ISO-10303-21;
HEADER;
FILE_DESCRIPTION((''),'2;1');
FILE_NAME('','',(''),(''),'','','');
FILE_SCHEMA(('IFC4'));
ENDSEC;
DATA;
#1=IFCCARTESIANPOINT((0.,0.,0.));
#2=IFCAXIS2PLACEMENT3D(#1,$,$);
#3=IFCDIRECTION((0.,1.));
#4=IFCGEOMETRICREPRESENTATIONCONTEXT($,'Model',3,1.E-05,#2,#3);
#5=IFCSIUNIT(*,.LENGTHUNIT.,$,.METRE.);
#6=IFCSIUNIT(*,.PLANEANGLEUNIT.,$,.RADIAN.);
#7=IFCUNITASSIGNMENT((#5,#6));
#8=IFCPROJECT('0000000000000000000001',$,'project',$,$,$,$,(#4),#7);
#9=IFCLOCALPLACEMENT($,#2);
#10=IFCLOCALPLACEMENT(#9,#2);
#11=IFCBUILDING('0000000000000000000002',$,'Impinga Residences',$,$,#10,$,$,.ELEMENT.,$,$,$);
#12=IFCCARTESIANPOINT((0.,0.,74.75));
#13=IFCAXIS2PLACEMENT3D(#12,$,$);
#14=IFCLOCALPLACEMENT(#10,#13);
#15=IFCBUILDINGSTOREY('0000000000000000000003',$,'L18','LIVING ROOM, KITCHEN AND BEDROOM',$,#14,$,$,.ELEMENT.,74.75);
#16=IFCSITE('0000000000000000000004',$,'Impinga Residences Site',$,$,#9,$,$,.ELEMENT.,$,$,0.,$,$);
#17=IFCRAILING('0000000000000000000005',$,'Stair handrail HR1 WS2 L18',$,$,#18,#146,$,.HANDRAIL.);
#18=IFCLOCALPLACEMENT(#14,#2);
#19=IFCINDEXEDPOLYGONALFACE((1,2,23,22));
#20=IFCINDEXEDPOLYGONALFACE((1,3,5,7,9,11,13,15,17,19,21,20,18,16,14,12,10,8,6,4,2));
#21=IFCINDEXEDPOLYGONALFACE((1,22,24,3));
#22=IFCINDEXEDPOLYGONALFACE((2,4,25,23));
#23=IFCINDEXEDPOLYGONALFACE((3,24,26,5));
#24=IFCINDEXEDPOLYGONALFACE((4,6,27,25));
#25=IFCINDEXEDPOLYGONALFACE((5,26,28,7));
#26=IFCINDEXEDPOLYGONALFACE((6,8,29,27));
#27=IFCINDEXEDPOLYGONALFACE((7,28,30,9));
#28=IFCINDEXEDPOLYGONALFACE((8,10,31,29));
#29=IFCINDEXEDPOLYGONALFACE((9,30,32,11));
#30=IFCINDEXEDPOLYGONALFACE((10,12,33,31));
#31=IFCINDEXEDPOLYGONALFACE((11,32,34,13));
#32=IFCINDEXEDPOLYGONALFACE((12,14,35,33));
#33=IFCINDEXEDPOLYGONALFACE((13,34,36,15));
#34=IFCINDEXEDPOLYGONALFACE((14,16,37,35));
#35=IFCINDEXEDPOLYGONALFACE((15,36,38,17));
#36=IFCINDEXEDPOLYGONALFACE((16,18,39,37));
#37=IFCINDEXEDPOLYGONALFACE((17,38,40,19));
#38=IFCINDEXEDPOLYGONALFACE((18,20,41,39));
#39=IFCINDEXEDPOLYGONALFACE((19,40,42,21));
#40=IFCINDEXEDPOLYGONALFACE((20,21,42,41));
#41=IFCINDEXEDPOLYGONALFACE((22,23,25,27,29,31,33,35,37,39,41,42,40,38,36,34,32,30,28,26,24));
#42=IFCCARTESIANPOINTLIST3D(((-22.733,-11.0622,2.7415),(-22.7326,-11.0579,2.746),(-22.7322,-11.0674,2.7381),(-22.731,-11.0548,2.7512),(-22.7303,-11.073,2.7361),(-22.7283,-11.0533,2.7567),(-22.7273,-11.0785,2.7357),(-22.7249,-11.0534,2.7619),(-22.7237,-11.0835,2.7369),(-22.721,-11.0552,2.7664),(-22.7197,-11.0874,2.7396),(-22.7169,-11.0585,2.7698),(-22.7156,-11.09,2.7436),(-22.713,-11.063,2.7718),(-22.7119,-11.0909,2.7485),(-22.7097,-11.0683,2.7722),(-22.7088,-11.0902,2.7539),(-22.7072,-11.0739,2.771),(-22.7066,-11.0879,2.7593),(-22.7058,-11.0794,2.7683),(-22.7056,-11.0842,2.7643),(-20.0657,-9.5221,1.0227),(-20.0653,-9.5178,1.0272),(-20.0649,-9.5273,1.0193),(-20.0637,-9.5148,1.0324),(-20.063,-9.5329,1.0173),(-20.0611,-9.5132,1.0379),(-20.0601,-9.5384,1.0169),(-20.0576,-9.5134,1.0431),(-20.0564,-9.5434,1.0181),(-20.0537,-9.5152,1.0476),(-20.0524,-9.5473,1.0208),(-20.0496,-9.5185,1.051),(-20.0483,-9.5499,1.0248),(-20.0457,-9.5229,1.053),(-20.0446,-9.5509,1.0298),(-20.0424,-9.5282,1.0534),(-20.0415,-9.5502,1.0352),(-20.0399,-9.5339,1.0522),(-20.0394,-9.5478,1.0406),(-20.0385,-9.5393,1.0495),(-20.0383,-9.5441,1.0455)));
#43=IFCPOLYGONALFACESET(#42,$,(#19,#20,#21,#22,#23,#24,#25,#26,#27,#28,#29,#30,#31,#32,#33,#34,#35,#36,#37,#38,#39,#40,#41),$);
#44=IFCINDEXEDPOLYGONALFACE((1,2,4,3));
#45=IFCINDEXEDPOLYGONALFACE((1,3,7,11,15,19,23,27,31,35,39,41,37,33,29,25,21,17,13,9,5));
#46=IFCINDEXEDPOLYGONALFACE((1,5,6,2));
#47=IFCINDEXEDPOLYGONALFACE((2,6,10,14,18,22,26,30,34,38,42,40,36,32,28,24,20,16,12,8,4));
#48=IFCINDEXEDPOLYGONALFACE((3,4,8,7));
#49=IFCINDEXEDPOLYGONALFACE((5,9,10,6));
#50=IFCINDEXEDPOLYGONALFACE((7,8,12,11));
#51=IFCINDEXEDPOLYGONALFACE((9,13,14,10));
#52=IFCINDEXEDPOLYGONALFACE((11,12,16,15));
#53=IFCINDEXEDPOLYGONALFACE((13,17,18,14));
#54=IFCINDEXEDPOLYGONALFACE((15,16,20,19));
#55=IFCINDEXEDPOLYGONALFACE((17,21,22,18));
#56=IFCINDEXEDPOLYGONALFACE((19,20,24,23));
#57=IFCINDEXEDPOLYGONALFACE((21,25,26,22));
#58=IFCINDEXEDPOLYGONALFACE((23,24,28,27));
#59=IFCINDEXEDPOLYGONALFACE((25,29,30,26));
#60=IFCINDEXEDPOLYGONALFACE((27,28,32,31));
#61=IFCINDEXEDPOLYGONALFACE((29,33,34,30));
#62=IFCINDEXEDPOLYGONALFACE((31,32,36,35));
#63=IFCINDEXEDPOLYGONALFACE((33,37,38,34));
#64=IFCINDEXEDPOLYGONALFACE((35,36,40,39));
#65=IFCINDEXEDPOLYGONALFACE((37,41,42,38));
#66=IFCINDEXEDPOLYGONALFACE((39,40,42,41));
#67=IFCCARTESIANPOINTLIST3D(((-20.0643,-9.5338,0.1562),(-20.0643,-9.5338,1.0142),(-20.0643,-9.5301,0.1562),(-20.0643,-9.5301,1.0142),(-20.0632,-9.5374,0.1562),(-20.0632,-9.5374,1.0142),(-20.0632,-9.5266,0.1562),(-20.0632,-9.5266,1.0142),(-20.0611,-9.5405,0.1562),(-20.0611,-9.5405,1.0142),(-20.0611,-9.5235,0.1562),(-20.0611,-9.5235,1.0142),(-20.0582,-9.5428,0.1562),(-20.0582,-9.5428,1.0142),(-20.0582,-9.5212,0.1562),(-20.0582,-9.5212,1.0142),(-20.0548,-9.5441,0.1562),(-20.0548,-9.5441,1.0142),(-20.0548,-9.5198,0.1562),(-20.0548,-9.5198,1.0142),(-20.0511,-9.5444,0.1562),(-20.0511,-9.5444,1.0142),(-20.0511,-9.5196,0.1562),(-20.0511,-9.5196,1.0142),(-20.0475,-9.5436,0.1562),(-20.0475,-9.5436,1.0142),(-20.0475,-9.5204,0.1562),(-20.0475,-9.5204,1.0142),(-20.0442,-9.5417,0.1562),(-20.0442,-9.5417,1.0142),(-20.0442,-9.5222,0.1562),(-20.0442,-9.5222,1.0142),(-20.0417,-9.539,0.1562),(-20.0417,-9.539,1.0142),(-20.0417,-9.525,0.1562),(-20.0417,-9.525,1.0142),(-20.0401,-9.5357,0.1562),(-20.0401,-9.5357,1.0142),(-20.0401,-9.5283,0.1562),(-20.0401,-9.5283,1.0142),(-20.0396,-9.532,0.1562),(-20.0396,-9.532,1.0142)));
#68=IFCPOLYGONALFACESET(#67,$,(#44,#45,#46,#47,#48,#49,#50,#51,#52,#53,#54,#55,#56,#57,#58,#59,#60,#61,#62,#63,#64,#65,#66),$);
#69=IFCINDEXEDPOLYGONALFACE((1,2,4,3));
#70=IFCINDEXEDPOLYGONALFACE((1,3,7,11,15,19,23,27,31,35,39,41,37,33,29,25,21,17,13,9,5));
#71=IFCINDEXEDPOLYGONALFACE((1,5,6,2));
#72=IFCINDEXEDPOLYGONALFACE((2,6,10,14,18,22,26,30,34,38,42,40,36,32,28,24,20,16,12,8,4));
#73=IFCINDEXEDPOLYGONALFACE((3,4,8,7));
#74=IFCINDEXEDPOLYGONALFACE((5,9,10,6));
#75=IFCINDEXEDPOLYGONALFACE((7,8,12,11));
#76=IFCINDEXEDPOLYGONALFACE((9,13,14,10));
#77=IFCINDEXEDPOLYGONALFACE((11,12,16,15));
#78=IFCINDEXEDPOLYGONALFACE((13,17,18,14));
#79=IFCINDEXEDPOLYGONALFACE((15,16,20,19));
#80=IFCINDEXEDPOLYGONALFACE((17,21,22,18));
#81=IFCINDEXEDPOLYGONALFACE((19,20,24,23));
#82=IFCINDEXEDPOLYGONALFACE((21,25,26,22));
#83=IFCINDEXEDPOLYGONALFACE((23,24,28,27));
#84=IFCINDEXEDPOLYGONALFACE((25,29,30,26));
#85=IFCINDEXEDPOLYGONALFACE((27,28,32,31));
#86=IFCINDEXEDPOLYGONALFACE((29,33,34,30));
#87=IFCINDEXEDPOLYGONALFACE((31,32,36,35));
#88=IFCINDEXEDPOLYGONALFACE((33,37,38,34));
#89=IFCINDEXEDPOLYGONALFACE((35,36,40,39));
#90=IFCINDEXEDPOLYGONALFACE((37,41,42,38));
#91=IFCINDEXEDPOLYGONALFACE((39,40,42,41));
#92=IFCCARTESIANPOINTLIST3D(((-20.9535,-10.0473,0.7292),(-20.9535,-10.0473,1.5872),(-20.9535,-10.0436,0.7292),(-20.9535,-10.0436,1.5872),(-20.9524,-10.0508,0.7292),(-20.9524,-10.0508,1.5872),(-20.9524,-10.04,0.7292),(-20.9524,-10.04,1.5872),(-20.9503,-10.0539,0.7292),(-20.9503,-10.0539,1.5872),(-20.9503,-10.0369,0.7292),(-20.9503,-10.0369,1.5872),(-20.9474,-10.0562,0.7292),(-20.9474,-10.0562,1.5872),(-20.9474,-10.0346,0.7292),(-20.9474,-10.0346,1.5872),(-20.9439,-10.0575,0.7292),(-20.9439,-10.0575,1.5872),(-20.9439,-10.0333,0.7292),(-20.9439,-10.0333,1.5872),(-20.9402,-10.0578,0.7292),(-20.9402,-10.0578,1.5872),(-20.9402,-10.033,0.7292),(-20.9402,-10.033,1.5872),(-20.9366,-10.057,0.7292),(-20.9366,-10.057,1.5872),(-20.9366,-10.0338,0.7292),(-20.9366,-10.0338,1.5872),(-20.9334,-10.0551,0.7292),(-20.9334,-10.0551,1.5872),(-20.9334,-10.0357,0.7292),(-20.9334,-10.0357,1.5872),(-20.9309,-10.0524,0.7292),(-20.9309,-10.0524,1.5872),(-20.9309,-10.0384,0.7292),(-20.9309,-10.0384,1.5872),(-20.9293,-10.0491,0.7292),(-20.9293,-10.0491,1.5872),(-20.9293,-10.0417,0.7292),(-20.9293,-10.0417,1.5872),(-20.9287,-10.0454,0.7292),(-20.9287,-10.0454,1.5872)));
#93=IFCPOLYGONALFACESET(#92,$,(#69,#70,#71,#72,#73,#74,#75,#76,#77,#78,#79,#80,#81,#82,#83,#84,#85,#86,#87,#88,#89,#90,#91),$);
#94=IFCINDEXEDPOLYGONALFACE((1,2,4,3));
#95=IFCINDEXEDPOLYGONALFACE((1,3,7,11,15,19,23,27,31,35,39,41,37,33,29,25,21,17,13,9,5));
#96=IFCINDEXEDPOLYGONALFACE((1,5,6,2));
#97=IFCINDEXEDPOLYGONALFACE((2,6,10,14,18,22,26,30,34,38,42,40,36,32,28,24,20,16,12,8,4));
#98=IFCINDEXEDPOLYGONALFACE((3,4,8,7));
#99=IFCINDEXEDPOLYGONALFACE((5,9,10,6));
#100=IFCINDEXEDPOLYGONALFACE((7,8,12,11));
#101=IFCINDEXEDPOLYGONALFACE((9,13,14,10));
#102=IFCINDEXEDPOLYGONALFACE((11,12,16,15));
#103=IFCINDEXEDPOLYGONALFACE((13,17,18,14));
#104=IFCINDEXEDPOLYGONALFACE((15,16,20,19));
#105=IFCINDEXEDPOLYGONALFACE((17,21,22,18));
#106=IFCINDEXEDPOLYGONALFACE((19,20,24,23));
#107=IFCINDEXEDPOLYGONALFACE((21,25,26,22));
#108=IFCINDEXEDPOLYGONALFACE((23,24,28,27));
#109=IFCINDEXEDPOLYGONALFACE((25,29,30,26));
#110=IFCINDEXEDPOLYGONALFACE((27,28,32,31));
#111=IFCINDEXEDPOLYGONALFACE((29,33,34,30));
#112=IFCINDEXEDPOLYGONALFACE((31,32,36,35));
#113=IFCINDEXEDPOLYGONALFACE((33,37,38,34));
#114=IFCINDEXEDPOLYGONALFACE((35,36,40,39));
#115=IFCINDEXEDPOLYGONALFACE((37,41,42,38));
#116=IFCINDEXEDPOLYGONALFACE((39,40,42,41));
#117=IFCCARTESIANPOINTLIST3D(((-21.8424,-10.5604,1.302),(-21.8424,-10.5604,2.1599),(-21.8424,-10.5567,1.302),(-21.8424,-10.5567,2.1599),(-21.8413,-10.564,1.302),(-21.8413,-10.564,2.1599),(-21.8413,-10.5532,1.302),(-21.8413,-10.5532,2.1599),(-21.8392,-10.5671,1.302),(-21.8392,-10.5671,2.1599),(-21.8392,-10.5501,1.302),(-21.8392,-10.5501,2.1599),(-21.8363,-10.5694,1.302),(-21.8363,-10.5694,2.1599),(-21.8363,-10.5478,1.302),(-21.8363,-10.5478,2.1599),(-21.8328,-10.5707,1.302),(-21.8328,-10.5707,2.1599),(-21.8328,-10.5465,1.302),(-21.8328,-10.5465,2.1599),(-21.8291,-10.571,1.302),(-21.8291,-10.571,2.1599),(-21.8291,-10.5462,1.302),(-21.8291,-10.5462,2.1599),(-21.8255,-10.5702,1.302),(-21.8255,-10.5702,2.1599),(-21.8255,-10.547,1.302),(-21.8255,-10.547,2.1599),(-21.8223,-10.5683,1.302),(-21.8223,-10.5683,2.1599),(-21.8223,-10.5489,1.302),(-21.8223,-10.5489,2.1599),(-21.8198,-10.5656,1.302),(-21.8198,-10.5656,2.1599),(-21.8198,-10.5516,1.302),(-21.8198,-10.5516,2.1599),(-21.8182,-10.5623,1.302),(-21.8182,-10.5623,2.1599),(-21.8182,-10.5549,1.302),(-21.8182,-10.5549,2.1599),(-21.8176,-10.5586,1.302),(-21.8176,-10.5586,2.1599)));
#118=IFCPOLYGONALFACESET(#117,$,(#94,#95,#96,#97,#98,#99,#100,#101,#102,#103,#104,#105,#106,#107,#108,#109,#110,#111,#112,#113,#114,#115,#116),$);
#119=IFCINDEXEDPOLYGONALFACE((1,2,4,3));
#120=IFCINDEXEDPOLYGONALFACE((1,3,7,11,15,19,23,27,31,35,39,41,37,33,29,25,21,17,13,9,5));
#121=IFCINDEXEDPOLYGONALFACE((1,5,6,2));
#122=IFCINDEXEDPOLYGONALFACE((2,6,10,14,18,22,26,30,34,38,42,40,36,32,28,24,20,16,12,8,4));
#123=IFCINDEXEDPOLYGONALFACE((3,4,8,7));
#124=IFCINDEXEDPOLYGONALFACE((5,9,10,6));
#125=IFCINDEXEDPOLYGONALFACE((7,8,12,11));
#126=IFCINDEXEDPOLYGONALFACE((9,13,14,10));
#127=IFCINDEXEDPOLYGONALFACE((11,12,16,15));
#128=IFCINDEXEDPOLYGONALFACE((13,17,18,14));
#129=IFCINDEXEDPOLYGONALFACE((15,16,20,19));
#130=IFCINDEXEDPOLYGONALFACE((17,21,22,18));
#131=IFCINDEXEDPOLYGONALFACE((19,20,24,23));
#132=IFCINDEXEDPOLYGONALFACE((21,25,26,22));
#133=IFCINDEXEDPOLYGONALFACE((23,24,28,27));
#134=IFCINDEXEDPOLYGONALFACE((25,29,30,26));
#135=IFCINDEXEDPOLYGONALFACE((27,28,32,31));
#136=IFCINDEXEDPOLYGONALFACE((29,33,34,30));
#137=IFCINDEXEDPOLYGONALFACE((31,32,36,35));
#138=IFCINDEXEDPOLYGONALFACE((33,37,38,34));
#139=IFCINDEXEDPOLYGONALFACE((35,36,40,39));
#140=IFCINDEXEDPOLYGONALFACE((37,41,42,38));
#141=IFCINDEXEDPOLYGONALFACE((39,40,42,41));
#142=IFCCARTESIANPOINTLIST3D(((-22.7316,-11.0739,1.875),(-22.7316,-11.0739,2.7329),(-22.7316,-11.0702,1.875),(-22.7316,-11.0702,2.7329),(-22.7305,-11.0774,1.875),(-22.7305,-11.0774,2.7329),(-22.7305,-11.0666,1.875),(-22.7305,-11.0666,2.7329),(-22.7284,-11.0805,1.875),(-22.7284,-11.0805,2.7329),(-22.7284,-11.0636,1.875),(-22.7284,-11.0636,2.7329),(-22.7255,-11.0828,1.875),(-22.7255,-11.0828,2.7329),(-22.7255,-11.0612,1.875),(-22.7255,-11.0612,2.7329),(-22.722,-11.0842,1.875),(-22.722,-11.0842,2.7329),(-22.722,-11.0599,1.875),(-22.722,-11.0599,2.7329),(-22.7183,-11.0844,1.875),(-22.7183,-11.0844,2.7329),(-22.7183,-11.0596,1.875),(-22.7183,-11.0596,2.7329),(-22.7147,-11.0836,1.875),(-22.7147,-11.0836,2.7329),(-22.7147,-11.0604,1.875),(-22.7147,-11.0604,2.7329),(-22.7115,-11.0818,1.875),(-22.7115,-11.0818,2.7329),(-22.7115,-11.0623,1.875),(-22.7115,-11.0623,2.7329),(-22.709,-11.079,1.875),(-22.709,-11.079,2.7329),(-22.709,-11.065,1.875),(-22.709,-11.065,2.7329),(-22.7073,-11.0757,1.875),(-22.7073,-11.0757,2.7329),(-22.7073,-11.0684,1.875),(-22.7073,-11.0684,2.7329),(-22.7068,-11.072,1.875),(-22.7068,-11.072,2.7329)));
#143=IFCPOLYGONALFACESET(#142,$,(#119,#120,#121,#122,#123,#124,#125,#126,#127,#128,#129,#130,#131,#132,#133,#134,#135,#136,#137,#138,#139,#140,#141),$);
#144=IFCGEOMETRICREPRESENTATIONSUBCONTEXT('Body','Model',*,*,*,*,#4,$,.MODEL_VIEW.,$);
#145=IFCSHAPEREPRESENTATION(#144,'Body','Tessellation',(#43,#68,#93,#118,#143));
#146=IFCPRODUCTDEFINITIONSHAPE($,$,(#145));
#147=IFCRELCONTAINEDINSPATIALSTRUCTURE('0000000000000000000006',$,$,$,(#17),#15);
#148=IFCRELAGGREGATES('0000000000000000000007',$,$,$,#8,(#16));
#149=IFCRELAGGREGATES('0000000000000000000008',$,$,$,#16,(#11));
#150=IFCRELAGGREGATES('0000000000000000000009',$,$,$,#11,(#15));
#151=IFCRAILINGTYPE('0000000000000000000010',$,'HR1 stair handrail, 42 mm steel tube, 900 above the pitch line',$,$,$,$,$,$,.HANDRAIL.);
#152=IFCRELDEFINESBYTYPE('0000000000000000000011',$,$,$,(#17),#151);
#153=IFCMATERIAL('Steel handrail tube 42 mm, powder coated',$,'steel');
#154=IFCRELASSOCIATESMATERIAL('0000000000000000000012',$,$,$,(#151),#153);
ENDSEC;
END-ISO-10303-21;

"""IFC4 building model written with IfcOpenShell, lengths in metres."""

from ifc_helpers import new_model, si_unit, direction, frame, origin, origin_2d, place, context, subcontext, project, spatial, circle, extrude, material, type_object, element, save


model = new_model("IFC4")

# Units and contexts
model_context = context("Model", 3, precision=1e-05, world=origin(), true_north=direction((0.0, 1.0)))
body_context = subcontext(model_context, "Body", "Model", "MODEL_VIEW")
ifc_project = project(units=[si_unit("LENGTHUNIT", "METRE"), si_unit("PLANEANGLEUNIT", "RADIAN")], contexts=[model_context])

# Site, building, storey
site_placement = place(None, origin())
site = spatial("IfcSite", under=ifc_project, at=site_placement, Name="Impinga Residences Site", CompositionType="ELEMENT", RefElevation=0.0)
building_placement = place(site_placement, origin())
building = spatial("IfcBuilding", under=site, at=building_placement, Name="Impinga Residences", CompositionType="ELEMENT")
storey_placement = place(building_placement, frame((0.0, 0.0, 74.75)))
storey = spatial("IfcBuildingStorey", under=building, at=storey_placement, Name="L18", Description="LIVING ROOM, KITCHEN AND BEDROOM", CompositionType="ELEMENT", Elevation=74.75)

# Railing
ifc_material_1 = material(Name="Steel handrail tube 42 mm, powder coated", Category="steel")
railing_type_1 = type_object("IfcRailingType", Name="HR1 stair handrail, 42 mm steel tube, 900 above the pitch line", PredefinedType="HANDRAIL", material=ifc_material_1)
railing_1_placement = place(storey_placement, frame((-20.052, -9.532, 0.1562)))
element("IfcRailing", 1, at=railing_1_placement, inside=storey, type_object=railing_type_1, Name="Stair handrail HR1 WS2 L18", PredefinedType="HANDRAIL", context=body_context, shape_type="SweptSolid", body=[
    extrude(circle(Radius=0.021, at=origin_2d()), frame((0.0, 0.0, 0.8789), z_axis=(-0.756226, -0.436639, 0.487307), x_axis=(0.500027, -0.86601, 0.0)), (0.0, 0.0, 1.0), 3.5271),
    extrude(circle(Radius=0.0125, at=origin_2d()), origin(), (0.0, 0.0, 1.0), 0.8579),
    extrude(circle(Radius=0.0125, at=origin_2d()), frame((-0.8892, -0.5134, 0.573)), (0.0, 0.0, 1.0), 0.8579),
    extrude(circle(Radius=0.0125, at=origin_2d()), frame((-1.7781, -1.0266, 1.1458)), (0.0, 0.0, 1.0), 0.8579),
    extrude(circle(Radius=0.0125, at=origin_2d()), frame((-2.6672, -1.54, 1.7188)), (0.0, 0.0, 1.0), 0.8579),
])

save(model, "model.ifc")
